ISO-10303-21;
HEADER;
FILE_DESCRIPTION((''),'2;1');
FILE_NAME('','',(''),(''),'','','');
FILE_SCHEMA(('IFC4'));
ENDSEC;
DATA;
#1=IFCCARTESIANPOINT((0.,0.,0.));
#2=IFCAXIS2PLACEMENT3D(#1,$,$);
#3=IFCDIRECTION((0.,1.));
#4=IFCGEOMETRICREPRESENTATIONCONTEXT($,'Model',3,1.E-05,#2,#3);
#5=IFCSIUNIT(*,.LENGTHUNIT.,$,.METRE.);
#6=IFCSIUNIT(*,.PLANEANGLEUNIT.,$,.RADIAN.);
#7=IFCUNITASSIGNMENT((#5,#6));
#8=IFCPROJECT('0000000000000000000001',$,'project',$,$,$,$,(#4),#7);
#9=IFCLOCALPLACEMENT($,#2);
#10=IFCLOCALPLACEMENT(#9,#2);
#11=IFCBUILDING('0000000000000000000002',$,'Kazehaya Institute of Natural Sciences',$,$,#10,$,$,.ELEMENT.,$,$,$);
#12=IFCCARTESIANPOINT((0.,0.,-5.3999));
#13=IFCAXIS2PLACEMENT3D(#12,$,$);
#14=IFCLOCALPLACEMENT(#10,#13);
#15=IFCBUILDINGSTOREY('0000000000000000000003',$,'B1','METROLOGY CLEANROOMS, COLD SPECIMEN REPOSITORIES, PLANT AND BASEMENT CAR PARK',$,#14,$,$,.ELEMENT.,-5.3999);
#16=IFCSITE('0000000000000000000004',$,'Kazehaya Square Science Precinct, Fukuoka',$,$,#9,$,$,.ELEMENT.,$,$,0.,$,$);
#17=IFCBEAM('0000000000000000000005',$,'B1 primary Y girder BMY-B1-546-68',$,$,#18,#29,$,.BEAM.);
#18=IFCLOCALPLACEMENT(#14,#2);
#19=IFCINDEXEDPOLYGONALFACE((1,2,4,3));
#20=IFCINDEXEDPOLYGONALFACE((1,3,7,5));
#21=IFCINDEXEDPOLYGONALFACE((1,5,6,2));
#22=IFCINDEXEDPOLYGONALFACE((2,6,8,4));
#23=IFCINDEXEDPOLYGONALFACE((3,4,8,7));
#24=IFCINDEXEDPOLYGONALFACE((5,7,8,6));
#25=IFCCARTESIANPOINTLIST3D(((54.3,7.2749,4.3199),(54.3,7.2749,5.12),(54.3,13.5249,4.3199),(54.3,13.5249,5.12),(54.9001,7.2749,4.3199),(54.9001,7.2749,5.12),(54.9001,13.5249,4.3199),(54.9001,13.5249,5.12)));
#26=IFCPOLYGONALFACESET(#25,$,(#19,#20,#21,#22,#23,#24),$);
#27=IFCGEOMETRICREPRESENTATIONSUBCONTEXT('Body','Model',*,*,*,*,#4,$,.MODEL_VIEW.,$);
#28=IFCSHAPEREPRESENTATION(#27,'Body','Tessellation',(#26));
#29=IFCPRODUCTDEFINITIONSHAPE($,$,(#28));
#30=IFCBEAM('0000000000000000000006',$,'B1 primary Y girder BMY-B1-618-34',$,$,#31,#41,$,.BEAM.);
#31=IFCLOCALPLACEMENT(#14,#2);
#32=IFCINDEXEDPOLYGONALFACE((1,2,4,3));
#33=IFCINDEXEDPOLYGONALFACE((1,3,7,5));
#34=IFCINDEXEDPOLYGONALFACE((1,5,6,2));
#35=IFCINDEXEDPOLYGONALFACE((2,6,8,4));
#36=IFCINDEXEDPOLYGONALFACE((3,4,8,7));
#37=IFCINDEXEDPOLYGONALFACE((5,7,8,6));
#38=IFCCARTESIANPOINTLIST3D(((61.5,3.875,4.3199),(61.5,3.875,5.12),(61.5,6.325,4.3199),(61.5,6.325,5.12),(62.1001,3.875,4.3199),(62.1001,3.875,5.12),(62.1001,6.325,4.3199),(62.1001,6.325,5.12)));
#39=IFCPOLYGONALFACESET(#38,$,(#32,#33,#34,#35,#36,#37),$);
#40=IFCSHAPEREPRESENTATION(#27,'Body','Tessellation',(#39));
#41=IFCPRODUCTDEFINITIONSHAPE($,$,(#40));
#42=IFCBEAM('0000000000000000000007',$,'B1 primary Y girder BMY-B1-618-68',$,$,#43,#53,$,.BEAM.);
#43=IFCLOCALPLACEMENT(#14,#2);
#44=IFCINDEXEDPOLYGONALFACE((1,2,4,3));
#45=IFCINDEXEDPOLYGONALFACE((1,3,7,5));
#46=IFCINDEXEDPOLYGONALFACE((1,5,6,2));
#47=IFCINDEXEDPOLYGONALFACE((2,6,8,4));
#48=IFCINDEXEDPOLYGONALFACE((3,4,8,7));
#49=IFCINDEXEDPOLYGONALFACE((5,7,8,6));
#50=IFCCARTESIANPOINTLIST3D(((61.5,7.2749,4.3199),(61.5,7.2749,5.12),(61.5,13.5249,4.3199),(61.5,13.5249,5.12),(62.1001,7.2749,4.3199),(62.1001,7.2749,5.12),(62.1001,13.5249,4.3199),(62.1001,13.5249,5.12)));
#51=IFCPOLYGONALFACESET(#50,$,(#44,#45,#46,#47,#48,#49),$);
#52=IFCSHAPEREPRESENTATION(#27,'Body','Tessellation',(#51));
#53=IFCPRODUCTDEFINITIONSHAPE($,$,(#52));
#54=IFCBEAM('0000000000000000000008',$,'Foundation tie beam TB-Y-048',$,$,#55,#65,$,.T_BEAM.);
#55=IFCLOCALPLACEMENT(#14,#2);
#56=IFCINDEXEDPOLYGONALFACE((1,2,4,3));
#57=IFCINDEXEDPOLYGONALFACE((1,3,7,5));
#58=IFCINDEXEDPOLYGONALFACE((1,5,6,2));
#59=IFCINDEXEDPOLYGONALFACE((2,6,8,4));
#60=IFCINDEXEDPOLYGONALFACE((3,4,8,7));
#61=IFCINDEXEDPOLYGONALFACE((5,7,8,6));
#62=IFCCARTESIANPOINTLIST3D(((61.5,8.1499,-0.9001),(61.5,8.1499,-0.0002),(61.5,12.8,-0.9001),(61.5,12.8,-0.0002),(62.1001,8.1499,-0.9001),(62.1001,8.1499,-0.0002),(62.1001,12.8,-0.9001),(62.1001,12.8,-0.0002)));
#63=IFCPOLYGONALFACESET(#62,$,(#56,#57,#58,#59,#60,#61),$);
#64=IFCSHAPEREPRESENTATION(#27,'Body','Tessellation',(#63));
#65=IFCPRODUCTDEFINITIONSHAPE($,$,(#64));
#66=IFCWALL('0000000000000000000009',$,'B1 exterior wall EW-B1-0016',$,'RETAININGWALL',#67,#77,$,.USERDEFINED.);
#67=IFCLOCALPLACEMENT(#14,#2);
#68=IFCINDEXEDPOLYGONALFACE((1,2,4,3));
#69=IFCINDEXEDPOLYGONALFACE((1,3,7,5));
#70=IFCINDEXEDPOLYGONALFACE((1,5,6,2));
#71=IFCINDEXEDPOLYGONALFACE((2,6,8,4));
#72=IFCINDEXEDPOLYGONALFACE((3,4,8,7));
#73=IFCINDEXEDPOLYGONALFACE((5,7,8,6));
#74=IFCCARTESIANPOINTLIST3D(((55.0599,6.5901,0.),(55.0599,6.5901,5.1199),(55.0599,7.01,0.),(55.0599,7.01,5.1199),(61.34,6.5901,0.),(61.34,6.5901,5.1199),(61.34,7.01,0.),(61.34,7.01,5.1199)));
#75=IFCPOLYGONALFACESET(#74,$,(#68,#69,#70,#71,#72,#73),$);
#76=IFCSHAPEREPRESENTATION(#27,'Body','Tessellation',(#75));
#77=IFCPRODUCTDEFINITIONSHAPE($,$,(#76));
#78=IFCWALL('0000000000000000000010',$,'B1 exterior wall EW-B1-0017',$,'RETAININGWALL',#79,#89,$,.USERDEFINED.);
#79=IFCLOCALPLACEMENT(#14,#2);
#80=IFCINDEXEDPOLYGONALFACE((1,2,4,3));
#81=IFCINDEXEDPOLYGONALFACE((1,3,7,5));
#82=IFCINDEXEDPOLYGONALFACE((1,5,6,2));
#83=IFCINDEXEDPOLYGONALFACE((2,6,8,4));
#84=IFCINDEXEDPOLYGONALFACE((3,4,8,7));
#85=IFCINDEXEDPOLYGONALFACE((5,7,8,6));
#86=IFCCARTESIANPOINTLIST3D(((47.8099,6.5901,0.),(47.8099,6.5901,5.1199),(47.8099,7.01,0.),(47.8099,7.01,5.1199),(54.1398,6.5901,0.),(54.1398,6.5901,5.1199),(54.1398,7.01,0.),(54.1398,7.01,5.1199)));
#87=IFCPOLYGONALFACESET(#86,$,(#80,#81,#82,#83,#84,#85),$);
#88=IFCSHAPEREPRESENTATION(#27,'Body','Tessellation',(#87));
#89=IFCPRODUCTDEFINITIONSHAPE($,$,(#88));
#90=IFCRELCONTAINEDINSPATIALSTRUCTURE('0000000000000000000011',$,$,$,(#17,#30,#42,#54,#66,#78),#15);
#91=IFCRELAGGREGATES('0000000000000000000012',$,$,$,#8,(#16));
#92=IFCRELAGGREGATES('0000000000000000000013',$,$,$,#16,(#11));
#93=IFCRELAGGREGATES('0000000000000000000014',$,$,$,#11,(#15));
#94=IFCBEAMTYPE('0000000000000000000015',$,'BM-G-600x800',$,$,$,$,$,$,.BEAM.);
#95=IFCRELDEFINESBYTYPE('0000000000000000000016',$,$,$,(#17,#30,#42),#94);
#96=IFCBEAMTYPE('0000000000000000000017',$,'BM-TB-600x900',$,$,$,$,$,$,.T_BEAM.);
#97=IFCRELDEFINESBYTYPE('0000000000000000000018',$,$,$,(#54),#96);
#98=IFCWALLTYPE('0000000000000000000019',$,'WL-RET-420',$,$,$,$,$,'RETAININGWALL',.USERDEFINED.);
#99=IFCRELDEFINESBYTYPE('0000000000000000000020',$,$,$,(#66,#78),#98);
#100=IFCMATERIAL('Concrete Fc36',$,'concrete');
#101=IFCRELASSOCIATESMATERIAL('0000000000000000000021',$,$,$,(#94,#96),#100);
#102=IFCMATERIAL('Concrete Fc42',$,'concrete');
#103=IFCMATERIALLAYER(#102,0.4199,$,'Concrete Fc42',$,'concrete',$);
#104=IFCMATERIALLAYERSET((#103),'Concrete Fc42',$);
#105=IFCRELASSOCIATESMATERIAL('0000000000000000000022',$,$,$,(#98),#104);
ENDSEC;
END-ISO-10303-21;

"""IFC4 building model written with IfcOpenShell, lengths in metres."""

from ifc_helpers import new_model, si_unit, direction, frame, frame_2d, origin, origin_2d, place, context, subcontext, project, spatial, rectangle, extrude, material, layer, layer_set, material_profile, profile_set, type_object, element, save


model = new_model("IFC4")

# Units and contexts
model_context = context("Model", 3, precision=1e-05, world=origin(), true_north=direction((0.0, 1.0)))
body_context = subcontext(model_context, "Body", "Model", "MODEL_VIEW")
ifc_project = project(units=[si_unit("LENGTHUNIT", "METRE"), si_unit("PLANEANGLEUNIT", "RADIAN")], contexts=[model_context])

# Site, building, storey
site_placement = place(None, origin())
site = spatial("IfcSite", under=ifc_project, at=site_placement, Name="Kazehaya Square Science Precinct, Fukuoka", CompositionType="ELEMENT", RefElevation=0.0)
building_placement = place(site_placement, origin())
building = spatial("IfcBuilding", under=site, at=building_placement, Name="Kazehaya Institute of Natural Sciences", CompositionType="ELEMENT")
storey_placement = place(building_placement, frame((0.0, 0.0, -5.3999)))
storey = spatial("IfcBuildingStorey", under=building, at=storey_placement, Name="B1", Description="METROLOGY CLEANROOMS, COLD SPECIMEN REPOSITORIES, PLANT AND BASEMENT CAR PARK", CompositionType="ELEMENT", Elevation=-5.3999)

# Shared definitions
ifc_material_1 = material(Name="Concrete Fc36", Category="concrete")

# Shared definitions
ifc_material_2 = material(Name="Concrete Fc42", Category="concrete")

# Beams
ifc_material_profile_1 = material_profile(ifc_material_1, rectangle(XDim=0.6001, YDim=0.8, at=origin_2d()), Name="RC-600x800")
ifc_profile_set_1 = profile_set([ifc_material_profile_1], Name="Concrete Fc36")
beam_type_1 = type_object("IfcBeamType", Name="BM-G-600x800", PredefinedType="BEAM", material=ifc_profile_set_1)
beam_1_placement = place(storey_placement, frame((54.6001, 7.2749, 4.72), z_axis=(0.0, 1.0, 0.0), x_axis=(-1.0, 0.0, 0.0)))
element("IfcBeam", 1, at=beam_1_placement, inside=storey, type_object=beam_type_1, Name="B1 primary Y girder BMY-B1-546-68", PredefinedType="BEAM", context=body_context, shape_type="SweptSolid", body=[
    extrude(rectangle(XDim=0.6001, YDim=0.8, at=origin_2d()), origin(), (0.0, 0.0, 1.0), 6.25),
])
beam_2_placement = place(storey_placement, frame((61.8, 3.875, 4.72), z_axis=(0.0, 1.0, 0.0), x_axis=(-1.0, 0.0, 0.0)))
element("IfcBeam", 2, at=beam_2_placement, inside=storey, type_object=beam_type_1, Name="B1 primary Y girder BMY-B1-618-34", PredefinedType="BEAM", context=body_context, shape_type="SweptSolid", body=[
    extrude(rectangle(XDim=0.6001, YDim=0.8, at=origin_2d()), origin(), (0.0, 0.0, 1.0), 2.45),
])
beam_3_placement = place(storey_placement, frame((61.8, 7.2749, 4.72), z_axis=(0.0, 1.0, 0.0), x_axis=(-1.0, 0.0, 0.0)))
element("IfcBeam", 3, at=beam_3_placement, inside=storey, type_object=beam_type_1, Name="B1 primary Y girder BMY-B1-618-68", PredefinedType="BEAM", context=body_context, shape_type="SweptSolid", body=[
    extrude(rectangle(XDim=0.6001, YDim=0.8, at=origin_2d()), origin(), (0.0, 0.0, 1.0), 6.25),
])
ifc_material_profile_2 = material_profile(ifc_material_1, rectangle(XDim=0.6001, YDim=0.8999, at=origin_2d()), Name="RC-600x900")
ifc_profile_set_2 = profile_set([ifc_material_profile_2], Name="Concrete Fc36")
beam_type_2 = type_object("IfcBeamType", Name="BM-TB-600x900", PredefinedType="T_BEAM", material=ifc_profile_set_2)
beam_4_placement = place(storey_placement, frame((61.8, 8.1499, -0.4502), z_axis=(0.0, 1.0, 0.0), x_axis=(-1.0, 0.0, 0.0)))
element("IfcBeam", 4, at=beam_4_placement, inside=storey, type_object=beam_type_2, Name="Foundation tie beam TB-Y-048", PredefinedType="T_BEAM", context=body_context, shape_type="SweptSolid", body=[
    extrude(rectangle(XDim=0.6001, YDim=0.8999, at=origin_2d()), origin(), (0.0, 0.0, 1.0), 4.6501),
])

# Walls
ifc_layer = layer(ifc_material_2, 0.4199, Name="Concrete Fc42", Category="concrete")
ifc_layer_set = layer_set([ifc_layer], Name="Concrete Fc42")
wall_type = type_object("IfcWallType", Name="WL-RET-420", ElementType="RETAININGWALL", PredefinedType="USERDEFINED", material=ifc_layer_set)
wall_1_placement = place(storey_placement, frame((61.3401, 6.8, 0.0), z_axis=(0.0, 0.0, 1.0), x_axis=(-1.0, 0.0, 0.0)))
element("IfcWall", 5, at=wall_1_placement, inside=storey, type_object=wall_type, Name="B1 exterior wall EW-B1-0016", ObjectType="RETAININGWALL", PredefinedType="USERDEFINED", context=body_context, shape_type="SweptSolid", body=[
    extrude(rectangle(XDim=6.28, YDim=0.4199, at=frame_2d((3.1401, 0.0))), origin(), (0.0, 0.0, 1.0), 5.1199),
])
wall_2_placement = place(storey_placement, frame((54.1399, 6.8, 0.0), z_axis=(0.0, 0.0, 1.0), x_axis=(-1.0, 0.0, 0.0)))
element("IfcWall", 6, at=wall_2_placement, inside=storey, type_object=wall_type, Name="B1 exterior wall EW-B1-0017", ObjectType="RETAININGWALL", PredefinedType="USERDEFINED", context=body_context, shape_type="SweptSolid", body=[
    extrude(rectangle(XDim=6.3298, YDim=0.4199, at=frame_2d((3.165, 0.0))), origin(), (0.0, 0.0, 1.0), 5.1199),
])

save(model, "model.ifc")
